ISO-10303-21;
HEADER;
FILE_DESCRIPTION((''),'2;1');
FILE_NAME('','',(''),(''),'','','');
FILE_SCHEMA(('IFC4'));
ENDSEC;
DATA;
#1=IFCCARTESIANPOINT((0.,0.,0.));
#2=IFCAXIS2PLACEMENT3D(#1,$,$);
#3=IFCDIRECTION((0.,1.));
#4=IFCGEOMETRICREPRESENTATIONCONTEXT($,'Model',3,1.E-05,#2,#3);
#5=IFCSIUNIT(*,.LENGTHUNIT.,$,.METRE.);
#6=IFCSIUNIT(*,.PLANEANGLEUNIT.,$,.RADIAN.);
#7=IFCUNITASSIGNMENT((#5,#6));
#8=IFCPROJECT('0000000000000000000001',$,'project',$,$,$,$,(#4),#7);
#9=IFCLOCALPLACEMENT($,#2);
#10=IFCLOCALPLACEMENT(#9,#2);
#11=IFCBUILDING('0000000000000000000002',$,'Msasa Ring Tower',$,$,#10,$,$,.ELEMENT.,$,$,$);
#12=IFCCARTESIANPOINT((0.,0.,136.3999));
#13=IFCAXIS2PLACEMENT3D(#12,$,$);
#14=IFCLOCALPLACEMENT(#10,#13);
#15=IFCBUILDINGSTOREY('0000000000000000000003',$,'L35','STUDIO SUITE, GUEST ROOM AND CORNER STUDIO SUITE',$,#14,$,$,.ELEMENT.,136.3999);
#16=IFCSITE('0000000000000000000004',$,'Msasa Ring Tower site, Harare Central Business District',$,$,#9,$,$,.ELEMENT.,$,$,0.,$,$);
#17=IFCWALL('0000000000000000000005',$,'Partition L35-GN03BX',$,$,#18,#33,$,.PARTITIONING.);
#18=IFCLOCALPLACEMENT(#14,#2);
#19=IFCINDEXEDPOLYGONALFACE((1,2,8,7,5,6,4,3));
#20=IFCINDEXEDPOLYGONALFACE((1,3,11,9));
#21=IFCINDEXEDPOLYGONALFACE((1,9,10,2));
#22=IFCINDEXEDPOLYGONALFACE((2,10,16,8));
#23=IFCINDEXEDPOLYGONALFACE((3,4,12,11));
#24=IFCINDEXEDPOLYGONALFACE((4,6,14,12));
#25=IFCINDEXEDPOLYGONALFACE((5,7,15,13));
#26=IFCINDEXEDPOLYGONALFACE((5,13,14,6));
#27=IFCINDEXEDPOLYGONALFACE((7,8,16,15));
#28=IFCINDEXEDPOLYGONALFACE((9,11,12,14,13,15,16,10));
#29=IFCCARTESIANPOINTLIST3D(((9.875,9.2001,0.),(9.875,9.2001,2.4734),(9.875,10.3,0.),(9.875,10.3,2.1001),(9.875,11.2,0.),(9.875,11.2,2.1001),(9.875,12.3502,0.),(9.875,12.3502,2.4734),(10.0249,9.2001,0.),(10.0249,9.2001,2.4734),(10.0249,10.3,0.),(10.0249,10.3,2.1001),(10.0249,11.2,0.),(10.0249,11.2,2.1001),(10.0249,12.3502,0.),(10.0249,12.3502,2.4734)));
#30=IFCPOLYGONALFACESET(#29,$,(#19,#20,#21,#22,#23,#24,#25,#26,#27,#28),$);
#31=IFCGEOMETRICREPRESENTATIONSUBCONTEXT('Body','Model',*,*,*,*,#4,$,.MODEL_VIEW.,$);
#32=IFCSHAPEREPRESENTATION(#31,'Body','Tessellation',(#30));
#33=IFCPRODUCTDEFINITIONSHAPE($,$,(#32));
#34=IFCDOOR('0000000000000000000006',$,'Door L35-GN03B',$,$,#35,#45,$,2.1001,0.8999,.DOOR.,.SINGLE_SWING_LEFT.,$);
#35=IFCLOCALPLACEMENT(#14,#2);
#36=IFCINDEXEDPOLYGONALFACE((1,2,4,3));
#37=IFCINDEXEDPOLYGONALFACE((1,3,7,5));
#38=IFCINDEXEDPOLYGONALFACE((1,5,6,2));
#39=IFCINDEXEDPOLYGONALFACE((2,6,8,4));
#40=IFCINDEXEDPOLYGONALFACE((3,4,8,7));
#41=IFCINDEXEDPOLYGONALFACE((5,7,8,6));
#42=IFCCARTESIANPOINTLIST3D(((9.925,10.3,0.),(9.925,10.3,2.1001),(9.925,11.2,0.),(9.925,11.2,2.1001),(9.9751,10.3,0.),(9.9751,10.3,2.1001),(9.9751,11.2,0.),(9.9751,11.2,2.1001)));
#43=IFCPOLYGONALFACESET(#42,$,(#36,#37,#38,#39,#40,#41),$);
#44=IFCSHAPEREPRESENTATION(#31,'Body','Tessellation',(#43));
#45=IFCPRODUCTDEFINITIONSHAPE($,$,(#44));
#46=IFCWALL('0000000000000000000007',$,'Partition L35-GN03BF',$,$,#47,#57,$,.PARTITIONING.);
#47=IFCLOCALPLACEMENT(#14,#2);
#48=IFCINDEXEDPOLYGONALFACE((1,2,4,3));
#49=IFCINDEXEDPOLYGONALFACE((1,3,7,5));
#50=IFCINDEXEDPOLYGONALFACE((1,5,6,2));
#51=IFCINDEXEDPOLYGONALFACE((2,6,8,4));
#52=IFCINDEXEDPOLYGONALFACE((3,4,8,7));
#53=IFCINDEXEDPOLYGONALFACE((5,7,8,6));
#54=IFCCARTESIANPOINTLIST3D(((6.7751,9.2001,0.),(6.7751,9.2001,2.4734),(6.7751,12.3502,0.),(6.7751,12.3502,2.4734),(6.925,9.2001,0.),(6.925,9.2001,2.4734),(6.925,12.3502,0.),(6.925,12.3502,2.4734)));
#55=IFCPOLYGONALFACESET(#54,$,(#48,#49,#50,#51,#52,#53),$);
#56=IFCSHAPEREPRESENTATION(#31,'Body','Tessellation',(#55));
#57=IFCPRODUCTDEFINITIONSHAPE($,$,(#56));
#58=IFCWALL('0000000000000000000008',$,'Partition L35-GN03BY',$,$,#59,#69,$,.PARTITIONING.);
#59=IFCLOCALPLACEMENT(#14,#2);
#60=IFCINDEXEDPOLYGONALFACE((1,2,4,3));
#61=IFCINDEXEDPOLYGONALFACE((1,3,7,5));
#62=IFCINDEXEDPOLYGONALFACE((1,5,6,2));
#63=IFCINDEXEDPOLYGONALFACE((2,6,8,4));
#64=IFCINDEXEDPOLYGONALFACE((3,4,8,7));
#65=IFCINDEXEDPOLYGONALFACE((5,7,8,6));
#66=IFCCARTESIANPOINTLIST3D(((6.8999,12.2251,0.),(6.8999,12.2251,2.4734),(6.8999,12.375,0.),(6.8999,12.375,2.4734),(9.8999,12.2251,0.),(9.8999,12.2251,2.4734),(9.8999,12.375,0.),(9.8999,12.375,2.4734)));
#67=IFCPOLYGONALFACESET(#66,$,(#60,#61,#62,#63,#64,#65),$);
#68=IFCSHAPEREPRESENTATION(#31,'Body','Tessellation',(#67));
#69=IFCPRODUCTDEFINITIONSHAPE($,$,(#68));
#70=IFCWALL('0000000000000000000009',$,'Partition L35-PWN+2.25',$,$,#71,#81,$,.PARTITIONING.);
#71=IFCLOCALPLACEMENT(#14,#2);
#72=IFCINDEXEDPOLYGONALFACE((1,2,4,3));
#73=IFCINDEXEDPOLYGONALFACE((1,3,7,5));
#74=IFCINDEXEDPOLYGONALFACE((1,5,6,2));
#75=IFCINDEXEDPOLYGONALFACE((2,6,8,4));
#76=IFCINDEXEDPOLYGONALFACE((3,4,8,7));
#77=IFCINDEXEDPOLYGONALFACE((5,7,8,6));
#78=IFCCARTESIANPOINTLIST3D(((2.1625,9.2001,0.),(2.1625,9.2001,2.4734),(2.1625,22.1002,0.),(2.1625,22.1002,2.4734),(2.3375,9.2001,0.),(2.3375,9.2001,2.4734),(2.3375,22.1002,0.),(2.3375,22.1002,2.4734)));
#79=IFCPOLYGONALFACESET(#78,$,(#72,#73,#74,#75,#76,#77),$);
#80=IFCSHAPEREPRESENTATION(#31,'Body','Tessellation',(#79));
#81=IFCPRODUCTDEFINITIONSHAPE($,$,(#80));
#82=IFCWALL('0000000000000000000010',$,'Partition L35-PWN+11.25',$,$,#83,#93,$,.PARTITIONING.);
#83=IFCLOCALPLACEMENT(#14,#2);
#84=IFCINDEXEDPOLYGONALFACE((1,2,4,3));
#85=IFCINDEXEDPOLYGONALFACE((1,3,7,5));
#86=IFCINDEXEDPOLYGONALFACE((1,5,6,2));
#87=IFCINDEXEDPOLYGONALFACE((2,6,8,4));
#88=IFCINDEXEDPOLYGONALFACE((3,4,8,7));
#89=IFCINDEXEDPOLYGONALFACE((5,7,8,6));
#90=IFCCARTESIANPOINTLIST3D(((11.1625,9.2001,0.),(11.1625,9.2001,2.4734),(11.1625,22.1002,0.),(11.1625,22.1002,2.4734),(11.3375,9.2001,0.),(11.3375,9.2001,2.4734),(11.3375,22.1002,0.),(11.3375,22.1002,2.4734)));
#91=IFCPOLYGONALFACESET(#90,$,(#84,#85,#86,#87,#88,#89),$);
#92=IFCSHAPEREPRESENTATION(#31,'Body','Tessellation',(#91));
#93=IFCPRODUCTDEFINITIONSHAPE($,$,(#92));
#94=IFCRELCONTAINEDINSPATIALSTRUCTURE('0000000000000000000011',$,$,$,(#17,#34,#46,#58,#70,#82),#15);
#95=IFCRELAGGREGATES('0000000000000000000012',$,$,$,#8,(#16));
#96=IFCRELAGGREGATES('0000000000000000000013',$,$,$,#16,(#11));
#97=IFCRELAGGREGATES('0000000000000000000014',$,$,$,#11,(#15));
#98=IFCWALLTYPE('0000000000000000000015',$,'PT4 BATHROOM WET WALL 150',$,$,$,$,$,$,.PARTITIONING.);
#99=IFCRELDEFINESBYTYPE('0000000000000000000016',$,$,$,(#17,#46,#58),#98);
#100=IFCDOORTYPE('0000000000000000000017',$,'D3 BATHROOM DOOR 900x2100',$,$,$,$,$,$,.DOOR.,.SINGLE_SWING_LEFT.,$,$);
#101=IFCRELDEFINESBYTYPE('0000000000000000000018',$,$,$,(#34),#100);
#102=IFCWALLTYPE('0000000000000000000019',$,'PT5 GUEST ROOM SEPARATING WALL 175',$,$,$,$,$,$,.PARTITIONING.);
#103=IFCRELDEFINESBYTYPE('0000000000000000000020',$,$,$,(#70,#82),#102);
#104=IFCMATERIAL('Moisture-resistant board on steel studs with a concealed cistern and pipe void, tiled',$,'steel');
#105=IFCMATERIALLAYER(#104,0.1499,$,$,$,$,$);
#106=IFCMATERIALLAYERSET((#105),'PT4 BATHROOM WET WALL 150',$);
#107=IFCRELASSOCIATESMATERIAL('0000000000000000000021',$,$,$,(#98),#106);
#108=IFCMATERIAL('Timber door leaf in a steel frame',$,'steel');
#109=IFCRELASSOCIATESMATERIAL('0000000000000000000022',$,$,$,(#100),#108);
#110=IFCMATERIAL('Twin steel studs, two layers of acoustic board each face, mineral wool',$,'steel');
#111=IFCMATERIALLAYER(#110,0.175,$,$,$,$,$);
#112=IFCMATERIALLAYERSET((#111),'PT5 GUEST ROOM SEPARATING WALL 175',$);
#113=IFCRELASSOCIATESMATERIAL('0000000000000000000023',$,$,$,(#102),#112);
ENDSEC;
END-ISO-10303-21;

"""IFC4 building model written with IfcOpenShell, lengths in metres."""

from ifc_helpers import new_model, si_unit, direction, frame, frame_2d, origin, place, context, subcontext, project, spatial, rectangle, extrude, material, layer, layer_set, type_object, element, fill, save


model = new_model("IFC4")

# Units and contexts
model_context = context("Model", 3, precision=1e-05, world=origin(), true_north=direction((0.0, 1.0)))
body_context = subcontext(model_context, "Body", "Model", "MODEL_VIEW")
ifc_project = project(units=[si_unit("LENGTHUNIT", "METRE"), si_unit("PLANEANGLEUNIT", "RADIAN")], contexts=[model_context])

# Site, building, storey
site_placement = place(None, origin())
site = spatial("IfcSite", under=ifc_project, at=site_placement, Name="Msasa Ring Tower site, Harare Central Business District", CompositionType="ELEMENT", RefElevation=0.0)
building_placement = place(site_placement, origin())
building = spatial("IfcBuilding", under=site, at=building_placement, Name="Msasa Ring Tower", CompositionType="ELEMENT")
storey_placement = place(building_placement, frame((0.0, 0.0, 136.3999)))
storey = spatial("IfcBuildingStorey", under=building, at=storey_placement, Name="L35", Description="STUDIO SUITE, GUEST ROOM AND CORNER STUDIO SUITE", CompositionType="ELEMENT", Elevation=136.3999)

# Wall, opening, door
ifc_material_1 = material(Name="Moisture-resistant board on steel studs with a concealed cistern and pipe void, tiled", Category="steel")
ifc_layer_1 = layer(ifc_material_1, 0.1499)
ifc_layer_set_1 = layer_set([ifc_layer_1], Name="PT4 BATHROOM WET WALL 150")
wall_type_1 = type_object("IfcWallType", Name="PT4 BATHROOM WET WALL 150", PredefinedType="PARTITIONING", material=ifc_layer_set_1)
wall_1_placement = place(storey_placement, frame((9.95, 9.2, 0.0), z_axis=(0.0, 0.0, 1.0), x_axis=(0.0, 1.0, 0.0)))
wall_1 = element("IfcWall", 1, at=wall_1_placement, inside=storey, type_object=wall_type_1, Name="Partition L35-GN03BX", PredefinedType="PARTITIONING", context=body_context, shape_type="SweptSolid", body=[
    extrude(rectangle(XDim=3.1501, YDim=0.1499, at=frame_2d((1.5752, 0.0))), origin(), (0.0, 0.0, 1.0), 2.4734),
])
opening_1_placement = place(wall_1_placement, frame((1.1001, 0.0, 0.0)))
opening_1 = element("IfcOpeningElement", 2, at=opening_1_placement, cuts=wall_1, PredefinedType="OPENING", context=body_context, shape_type="SweptSolid", body=[
    extrude(rectangle(XDim=0.8999, YDim=2.1001, at=frame_2d((0.45, 1.05))), frame((0.0, 0.085, 0.0), z_axis=(0.0, -1.0, 0.0), x_axis=(1.0, 0.0, 0.0)), (0.0, 0.0, 1.0), 0.1699),
])
ifc_material_2 = material(Name="Timber door leaf in a steel frame", Category="steel")
door_type = type_object("IfcDoorType", Name="D3 BATHROOM DOOR 900x2100", OperationType="SINGLE_SWING_LEFT", PredefinedType="DOOR", material=ifc_material_2)
door_placement = place(opening_1_placement, origin())
door = element("IfcDoor", 3, at=door_placement, inside=storey, type_object=door_type, Name="Door L35-GN03B", OperationType="SINGLE_SWING_LEFT", OverallHeight=2.1001, OverallWidth=0.8999, PredefinedType="DOOR", context=body_context, shape_type="SweptSolid", body=[
    extrude(rectangle(XDim=0.8999, YDim=2.1001, at=frame_2d((0.45, 1.05))), frame((0.0, 0.0249, 0.0), z_axis=(0.0, -1.0, 0.0), x_axis=(1.0, 0.0, 0.0)), (0.0, 0.0, 1.0), 0.05),
])
fill(opening_1, door)

# Walls
wall_2_placement = place(storey_placement, frame((6.8501, 9.2, 0.0), z_axis=(0.0, 0.0, 1.0), x_axis=(0.0, 1.0, 0.0)))
element("IfcWall", 4, at=wall_2_placement, inside=storey, type_object=wall_type_1, Name="Partition L35-GN03BF", PredefinedType="PARTITIONING", context=body_context, shape_type="SweptSolid", body=[
    extrude(rectangle(XDim=3.1501, YDim=0.1499, at=frame_2d((1.5752, 0.0))), origin(), (0.0, 0.0, 1.0), 2.4734),
])
wall_3_placement = place(storey_placement, frame((6.8999, 12.3, 0.0), z_axis=(0.0, 0.0, 1.0), x_axis=(1.0, 0.0, 0.0)))
element("IfcWall", 5, at=wall_3_placement, inside=storey, type_object=wall_type_1, Name="Partition L35-GN03BY", PredefinedType="PARTITIONING", context=body_context, shape_type="SweptSolid", body=[
    extrude(rectangle(XDim=3.0, YDim=0.1499, at=frame_2d((1.5, 0.0))), origin(), (0.0, 0.0, 1.0), 2.4734),
])
ifc_material_3 = material(Name="Twin steel studs, two layers of acoustic board each face, mineral wool", Category="steel")
ifc_layer_2 = layer(ifc_material_3, 0.175)
ifc_layer_set_2 = layer_set([ifc_layer_2], Name="PT5 GUEST ROOM SEPARATING WALL 175")
wall_type_2 = type_object("IfcWallType", Name="PT5 GUEST ROOM SEPARATING WALL 175", PredefinedType="PARTITIONING", material=ifc_layer_set_2)
for number, where, z_axis, x_axis, name in (
    (6, (2.25, 9.2, 0.0), (0.0, 0.0, 1.0), (0.0, 1.0, 0.0), "Partition L35-PWN+2.25"),
    (7, (11.25, 9.2, 0.0), (0.0, 0.0, 1.0), (0.0, 1.0, 0.0), "Partition L35-PWN+11.25"),
):
    element("IfcWall", number, at=place(storey_placement, frame(where, z_axis=z_axis, x_axis=x_axis)), inside=storey, type_object=wall_type_2, Name=name, PredefinedType="PARTITIONING", context=body_context, shape_type="SweptSolid", body=[
        extrude(rectangle(XDim=12.9001, YDim=0.175, at=frame_2d((6.4502, 0.0))), origin(), (0.0, 0.0, 1.0), 2.4734),
    ])

save(model, "model.ifc")
